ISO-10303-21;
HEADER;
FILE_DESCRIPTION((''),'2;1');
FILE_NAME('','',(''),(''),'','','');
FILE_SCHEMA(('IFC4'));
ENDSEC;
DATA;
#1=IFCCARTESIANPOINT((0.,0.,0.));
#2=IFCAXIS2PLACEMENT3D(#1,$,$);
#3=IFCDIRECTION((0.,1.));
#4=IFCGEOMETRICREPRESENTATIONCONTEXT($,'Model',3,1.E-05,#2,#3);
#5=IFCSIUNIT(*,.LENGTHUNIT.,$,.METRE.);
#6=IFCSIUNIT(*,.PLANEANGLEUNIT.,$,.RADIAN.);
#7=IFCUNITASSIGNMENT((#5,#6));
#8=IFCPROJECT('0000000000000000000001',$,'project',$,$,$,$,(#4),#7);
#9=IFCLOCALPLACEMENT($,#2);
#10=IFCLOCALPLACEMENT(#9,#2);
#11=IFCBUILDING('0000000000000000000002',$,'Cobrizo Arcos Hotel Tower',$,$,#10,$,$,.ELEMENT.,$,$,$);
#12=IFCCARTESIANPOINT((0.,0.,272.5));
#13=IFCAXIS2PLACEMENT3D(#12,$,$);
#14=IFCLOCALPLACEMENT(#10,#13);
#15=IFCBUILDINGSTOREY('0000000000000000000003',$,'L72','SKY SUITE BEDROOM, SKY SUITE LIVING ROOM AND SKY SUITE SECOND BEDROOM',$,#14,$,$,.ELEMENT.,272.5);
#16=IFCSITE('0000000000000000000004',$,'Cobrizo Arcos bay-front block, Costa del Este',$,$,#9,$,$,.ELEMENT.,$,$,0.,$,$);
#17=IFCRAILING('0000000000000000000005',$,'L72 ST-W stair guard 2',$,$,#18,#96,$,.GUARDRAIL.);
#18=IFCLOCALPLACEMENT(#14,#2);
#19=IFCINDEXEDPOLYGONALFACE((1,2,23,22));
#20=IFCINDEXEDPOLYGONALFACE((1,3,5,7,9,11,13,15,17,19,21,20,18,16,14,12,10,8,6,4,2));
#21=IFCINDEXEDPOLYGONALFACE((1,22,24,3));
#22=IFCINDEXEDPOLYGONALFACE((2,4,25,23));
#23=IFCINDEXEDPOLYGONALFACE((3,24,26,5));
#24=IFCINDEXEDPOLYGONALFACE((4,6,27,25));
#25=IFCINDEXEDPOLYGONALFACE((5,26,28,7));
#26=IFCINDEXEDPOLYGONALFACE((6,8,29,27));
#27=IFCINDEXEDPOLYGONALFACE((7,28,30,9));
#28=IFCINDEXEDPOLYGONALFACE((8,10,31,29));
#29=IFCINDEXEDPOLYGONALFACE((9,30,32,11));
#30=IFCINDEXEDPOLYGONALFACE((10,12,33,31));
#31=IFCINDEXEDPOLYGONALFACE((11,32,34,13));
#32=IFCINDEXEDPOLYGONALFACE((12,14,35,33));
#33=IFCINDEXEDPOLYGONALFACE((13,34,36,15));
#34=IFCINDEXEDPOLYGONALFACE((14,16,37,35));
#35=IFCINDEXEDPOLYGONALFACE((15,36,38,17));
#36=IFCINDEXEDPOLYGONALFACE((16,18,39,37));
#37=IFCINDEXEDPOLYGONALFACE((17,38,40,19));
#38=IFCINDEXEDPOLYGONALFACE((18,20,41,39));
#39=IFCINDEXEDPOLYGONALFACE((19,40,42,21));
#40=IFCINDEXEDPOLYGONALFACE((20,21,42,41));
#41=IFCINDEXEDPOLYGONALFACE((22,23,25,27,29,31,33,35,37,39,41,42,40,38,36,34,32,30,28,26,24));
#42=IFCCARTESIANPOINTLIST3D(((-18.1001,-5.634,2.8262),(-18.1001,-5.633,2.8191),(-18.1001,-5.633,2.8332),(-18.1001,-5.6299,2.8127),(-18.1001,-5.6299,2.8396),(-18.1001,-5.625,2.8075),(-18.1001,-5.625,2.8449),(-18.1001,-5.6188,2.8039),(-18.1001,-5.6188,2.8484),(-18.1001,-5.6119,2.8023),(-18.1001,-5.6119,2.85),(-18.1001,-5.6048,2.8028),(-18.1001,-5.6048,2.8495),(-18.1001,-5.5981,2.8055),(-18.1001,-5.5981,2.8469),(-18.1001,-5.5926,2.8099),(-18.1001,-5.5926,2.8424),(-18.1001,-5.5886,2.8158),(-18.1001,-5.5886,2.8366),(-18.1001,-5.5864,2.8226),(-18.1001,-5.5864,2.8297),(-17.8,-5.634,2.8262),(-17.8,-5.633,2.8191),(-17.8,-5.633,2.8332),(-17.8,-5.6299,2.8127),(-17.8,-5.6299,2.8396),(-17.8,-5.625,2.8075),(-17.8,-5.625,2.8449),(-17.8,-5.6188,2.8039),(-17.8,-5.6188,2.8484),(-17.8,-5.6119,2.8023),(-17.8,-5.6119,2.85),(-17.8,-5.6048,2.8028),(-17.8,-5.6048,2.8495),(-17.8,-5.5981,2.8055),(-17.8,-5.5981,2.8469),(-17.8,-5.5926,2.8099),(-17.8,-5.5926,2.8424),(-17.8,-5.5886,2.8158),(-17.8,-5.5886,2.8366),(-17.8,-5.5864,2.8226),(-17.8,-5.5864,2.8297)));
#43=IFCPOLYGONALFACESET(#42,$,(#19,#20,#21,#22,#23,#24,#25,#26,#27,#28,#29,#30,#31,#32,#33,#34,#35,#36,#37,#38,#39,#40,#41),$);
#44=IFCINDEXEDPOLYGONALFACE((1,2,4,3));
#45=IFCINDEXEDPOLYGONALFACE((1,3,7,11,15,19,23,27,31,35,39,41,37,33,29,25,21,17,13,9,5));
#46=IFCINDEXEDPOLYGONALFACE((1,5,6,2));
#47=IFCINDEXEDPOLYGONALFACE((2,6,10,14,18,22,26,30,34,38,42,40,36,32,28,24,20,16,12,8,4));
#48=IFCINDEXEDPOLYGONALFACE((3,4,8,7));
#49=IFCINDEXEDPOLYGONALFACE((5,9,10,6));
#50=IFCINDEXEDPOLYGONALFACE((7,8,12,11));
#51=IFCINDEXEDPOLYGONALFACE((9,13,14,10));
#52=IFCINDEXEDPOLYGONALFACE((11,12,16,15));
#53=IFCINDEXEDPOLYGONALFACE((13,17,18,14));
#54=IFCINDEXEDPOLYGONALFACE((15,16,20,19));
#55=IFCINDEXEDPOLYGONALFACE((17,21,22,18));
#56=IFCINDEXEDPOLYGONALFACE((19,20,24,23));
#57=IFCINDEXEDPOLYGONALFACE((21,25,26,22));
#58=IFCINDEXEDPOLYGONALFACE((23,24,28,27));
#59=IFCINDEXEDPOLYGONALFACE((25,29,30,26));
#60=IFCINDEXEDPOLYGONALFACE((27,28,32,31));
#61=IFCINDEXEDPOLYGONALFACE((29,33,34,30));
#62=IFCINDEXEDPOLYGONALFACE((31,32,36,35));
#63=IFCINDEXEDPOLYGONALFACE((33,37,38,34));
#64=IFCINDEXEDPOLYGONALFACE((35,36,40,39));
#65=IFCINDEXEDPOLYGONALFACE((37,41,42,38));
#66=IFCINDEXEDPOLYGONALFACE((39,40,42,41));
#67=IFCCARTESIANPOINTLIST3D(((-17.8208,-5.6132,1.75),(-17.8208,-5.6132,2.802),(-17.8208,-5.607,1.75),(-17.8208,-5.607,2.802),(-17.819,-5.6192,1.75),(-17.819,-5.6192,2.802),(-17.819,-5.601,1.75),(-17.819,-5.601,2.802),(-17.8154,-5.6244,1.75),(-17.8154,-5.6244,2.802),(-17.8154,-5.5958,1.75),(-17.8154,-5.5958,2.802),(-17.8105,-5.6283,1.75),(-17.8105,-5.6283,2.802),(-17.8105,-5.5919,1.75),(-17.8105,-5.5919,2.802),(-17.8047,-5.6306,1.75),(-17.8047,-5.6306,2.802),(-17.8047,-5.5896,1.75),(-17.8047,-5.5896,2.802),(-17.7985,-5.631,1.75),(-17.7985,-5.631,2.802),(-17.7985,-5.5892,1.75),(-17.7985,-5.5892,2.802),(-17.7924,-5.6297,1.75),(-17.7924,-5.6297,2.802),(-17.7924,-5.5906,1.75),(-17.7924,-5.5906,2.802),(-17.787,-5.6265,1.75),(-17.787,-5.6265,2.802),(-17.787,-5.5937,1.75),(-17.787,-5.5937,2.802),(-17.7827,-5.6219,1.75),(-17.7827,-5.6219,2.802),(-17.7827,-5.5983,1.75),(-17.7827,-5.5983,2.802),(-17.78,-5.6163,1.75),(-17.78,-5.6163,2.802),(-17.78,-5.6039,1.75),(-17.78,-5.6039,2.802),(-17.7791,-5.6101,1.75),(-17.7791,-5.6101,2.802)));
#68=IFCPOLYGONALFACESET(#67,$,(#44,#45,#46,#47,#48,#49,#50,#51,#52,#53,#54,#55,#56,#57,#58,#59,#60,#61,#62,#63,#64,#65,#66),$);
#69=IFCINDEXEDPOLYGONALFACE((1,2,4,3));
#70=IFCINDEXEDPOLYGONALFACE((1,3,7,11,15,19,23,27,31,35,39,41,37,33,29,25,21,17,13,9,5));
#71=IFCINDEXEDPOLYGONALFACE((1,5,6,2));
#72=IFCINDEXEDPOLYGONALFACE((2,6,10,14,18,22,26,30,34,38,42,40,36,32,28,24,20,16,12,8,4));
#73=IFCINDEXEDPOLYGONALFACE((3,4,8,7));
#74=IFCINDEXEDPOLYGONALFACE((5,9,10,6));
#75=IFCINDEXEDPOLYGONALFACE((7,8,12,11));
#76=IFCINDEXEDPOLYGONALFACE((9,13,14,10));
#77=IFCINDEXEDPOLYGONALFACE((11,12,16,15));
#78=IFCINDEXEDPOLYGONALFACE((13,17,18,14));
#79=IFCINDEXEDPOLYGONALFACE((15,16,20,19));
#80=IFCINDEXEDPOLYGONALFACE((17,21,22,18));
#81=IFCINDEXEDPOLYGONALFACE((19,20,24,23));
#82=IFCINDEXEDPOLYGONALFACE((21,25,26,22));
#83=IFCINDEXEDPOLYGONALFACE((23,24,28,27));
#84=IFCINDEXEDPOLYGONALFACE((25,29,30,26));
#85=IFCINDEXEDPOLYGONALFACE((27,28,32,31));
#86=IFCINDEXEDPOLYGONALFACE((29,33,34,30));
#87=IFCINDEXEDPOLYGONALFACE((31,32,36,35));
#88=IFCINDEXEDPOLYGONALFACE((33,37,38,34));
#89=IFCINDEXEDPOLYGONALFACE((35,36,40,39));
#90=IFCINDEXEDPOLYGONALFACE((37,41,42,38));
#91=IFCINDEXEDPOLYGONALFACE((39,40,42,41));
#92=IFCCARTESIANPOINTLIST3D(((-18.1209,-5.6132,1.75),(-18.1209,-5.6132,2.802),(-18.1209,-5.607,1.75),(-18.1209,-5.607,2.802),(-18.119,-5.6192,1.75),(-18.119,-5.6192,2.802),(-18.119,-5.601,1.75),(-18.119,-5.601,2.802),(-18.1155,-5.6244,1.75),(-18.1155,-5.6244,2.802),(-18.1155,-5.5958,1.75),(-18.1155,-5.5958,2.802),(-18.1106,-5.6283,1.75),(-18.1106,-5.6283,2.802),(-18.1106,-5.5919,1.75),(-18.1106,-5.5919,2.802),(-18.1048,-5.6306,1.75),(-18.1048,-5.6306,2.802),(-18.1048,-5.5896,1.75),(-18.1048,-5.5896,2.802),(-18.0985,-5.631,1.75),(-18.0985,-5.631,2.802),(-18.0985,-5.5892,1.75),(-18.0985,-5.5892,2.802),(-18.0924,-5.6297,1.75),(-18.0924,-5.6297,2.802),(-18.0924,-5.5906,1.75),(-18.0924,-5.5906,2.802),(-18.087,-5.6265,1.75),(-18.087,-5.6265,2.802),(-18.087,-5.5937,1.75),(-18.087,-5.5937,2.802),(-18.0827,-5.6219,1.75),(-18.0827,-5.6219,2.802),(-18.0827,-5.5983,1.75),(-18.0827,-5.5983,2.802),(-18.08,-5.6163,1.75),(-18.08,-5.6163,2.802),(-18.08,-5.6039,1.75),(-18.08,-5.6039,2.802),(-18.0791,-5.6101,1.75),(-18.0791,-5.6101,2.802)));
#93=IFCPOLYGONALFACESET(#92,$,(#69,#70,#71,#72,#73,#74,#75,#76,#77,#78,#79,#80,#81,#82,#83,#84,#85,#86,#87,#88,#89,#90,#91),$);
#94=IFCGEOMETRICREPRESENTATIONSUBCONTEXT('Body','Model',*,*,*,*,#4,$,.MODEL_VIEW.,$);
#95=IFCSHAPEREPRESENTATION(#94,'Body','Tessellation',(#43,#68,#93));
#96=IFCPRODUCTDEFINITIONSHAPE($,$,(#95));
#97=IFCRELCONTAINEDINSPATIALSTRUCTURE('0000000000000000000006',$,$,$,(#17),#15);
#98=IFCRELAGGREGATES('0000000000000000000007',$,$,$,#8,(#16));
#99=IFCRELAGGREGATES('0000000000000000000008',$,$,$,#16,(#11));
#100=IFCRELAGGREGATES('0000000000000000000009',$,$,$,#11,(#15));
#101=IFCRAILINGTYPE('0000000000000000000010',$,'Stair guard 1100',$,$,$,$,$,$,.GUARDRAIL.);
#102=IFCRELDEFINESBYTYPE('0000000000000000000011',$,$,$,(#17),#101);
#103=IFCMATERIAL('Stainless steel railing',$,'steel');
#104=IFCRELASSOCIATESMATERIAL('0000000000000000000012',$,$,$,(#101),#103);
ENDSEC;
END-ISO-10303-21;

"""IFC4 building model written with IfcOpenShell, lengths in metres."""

from ifc_helpers import new_model, si_unit, direction, frame, origin, origin_2d, place, context, subcontext, project, spatial, circle, extrude, material, type_object, element, save


model = new_model("IFC4")

# Units and contexts
model_context = context("Model", 3, precision=1e-05, world=origin(), true_north=direction((0.0, 1.0)))
body_context = subcontext(model_context, "Body", "Model", "MODEL_VIEW")
ifc_project = project(units=[si_unit("LENGTHUNIT", "METRE"), si_unit("PLANEANGLEUNIT", "RADIAN")], contexts=[model_context])

# Site, building, storey
site_placement = place(None, origin())
site = spatial("IfcSite", under=ifc_project, at=site_placement, Name="Cobrizo Arcos bay-front block, Costa del Este", CompositionType="ELEMENT", RefElevation=0.0)
building_placement = place(site_placement, origin())
building = spatial("IfcBuilding", under=site, at=building_placement, Name="Cobrizo Arcos Hotel Tower", CompositionType="ELEMENT")
storey_placement = place(building_placement, frame((0.0, 0.0, 272.5)))
storey = spatial("IfcBuildingStorey", under=building, at=storey_placement, Name="L72", Description="SKY SUITE BEDROOM, SKY SUITE LIVING ROOM AND SKY SUITE SECOND BEDROOM", CompositionType="ELEMENT", Elevation=272.5)

# Railing
ifc_material_1 = material(Name="Stainless steel railing", Category="steel")
railing_type_1 = type_object("IfcRailingType", Name="Stair guard 1100", PredefinedType="GUARDRAIL", material=ifc_material_1)
railing_1_placement = place(storey_placement, frame((-17.8, -5.6101, 1.75)))
element("IfcRailing", 1, at=railing_1_placement, inside=storey, type_object=railing_type_1, Name="L72 ST-W stair guard 2", PredefinedType="GUARDRAIL", context=body_context, shape_type="SweptSolid", body=[
    extrude(circle(Radius=0.0239, at=origin_2d()), frame((0.0, 0.0, 1.0762), z_axis=(-1.0, 0.0, 0.0), x_axis=(0.0, -1.0, 0.0)), (0.0, 0.0, 1.0), 0.3),
    extrude(circle(Radius=0.021, at=origin_2d()), origin(), (0.0, 0.0, 1.0), 1.052),
    extrude(circle(Radius=0.021, at=origin_2d()), frame((-0.3, 0.0, 0.0)), (0.0, 0.0, 1.0), 1.052),
])

save(model, "model.ifc")
